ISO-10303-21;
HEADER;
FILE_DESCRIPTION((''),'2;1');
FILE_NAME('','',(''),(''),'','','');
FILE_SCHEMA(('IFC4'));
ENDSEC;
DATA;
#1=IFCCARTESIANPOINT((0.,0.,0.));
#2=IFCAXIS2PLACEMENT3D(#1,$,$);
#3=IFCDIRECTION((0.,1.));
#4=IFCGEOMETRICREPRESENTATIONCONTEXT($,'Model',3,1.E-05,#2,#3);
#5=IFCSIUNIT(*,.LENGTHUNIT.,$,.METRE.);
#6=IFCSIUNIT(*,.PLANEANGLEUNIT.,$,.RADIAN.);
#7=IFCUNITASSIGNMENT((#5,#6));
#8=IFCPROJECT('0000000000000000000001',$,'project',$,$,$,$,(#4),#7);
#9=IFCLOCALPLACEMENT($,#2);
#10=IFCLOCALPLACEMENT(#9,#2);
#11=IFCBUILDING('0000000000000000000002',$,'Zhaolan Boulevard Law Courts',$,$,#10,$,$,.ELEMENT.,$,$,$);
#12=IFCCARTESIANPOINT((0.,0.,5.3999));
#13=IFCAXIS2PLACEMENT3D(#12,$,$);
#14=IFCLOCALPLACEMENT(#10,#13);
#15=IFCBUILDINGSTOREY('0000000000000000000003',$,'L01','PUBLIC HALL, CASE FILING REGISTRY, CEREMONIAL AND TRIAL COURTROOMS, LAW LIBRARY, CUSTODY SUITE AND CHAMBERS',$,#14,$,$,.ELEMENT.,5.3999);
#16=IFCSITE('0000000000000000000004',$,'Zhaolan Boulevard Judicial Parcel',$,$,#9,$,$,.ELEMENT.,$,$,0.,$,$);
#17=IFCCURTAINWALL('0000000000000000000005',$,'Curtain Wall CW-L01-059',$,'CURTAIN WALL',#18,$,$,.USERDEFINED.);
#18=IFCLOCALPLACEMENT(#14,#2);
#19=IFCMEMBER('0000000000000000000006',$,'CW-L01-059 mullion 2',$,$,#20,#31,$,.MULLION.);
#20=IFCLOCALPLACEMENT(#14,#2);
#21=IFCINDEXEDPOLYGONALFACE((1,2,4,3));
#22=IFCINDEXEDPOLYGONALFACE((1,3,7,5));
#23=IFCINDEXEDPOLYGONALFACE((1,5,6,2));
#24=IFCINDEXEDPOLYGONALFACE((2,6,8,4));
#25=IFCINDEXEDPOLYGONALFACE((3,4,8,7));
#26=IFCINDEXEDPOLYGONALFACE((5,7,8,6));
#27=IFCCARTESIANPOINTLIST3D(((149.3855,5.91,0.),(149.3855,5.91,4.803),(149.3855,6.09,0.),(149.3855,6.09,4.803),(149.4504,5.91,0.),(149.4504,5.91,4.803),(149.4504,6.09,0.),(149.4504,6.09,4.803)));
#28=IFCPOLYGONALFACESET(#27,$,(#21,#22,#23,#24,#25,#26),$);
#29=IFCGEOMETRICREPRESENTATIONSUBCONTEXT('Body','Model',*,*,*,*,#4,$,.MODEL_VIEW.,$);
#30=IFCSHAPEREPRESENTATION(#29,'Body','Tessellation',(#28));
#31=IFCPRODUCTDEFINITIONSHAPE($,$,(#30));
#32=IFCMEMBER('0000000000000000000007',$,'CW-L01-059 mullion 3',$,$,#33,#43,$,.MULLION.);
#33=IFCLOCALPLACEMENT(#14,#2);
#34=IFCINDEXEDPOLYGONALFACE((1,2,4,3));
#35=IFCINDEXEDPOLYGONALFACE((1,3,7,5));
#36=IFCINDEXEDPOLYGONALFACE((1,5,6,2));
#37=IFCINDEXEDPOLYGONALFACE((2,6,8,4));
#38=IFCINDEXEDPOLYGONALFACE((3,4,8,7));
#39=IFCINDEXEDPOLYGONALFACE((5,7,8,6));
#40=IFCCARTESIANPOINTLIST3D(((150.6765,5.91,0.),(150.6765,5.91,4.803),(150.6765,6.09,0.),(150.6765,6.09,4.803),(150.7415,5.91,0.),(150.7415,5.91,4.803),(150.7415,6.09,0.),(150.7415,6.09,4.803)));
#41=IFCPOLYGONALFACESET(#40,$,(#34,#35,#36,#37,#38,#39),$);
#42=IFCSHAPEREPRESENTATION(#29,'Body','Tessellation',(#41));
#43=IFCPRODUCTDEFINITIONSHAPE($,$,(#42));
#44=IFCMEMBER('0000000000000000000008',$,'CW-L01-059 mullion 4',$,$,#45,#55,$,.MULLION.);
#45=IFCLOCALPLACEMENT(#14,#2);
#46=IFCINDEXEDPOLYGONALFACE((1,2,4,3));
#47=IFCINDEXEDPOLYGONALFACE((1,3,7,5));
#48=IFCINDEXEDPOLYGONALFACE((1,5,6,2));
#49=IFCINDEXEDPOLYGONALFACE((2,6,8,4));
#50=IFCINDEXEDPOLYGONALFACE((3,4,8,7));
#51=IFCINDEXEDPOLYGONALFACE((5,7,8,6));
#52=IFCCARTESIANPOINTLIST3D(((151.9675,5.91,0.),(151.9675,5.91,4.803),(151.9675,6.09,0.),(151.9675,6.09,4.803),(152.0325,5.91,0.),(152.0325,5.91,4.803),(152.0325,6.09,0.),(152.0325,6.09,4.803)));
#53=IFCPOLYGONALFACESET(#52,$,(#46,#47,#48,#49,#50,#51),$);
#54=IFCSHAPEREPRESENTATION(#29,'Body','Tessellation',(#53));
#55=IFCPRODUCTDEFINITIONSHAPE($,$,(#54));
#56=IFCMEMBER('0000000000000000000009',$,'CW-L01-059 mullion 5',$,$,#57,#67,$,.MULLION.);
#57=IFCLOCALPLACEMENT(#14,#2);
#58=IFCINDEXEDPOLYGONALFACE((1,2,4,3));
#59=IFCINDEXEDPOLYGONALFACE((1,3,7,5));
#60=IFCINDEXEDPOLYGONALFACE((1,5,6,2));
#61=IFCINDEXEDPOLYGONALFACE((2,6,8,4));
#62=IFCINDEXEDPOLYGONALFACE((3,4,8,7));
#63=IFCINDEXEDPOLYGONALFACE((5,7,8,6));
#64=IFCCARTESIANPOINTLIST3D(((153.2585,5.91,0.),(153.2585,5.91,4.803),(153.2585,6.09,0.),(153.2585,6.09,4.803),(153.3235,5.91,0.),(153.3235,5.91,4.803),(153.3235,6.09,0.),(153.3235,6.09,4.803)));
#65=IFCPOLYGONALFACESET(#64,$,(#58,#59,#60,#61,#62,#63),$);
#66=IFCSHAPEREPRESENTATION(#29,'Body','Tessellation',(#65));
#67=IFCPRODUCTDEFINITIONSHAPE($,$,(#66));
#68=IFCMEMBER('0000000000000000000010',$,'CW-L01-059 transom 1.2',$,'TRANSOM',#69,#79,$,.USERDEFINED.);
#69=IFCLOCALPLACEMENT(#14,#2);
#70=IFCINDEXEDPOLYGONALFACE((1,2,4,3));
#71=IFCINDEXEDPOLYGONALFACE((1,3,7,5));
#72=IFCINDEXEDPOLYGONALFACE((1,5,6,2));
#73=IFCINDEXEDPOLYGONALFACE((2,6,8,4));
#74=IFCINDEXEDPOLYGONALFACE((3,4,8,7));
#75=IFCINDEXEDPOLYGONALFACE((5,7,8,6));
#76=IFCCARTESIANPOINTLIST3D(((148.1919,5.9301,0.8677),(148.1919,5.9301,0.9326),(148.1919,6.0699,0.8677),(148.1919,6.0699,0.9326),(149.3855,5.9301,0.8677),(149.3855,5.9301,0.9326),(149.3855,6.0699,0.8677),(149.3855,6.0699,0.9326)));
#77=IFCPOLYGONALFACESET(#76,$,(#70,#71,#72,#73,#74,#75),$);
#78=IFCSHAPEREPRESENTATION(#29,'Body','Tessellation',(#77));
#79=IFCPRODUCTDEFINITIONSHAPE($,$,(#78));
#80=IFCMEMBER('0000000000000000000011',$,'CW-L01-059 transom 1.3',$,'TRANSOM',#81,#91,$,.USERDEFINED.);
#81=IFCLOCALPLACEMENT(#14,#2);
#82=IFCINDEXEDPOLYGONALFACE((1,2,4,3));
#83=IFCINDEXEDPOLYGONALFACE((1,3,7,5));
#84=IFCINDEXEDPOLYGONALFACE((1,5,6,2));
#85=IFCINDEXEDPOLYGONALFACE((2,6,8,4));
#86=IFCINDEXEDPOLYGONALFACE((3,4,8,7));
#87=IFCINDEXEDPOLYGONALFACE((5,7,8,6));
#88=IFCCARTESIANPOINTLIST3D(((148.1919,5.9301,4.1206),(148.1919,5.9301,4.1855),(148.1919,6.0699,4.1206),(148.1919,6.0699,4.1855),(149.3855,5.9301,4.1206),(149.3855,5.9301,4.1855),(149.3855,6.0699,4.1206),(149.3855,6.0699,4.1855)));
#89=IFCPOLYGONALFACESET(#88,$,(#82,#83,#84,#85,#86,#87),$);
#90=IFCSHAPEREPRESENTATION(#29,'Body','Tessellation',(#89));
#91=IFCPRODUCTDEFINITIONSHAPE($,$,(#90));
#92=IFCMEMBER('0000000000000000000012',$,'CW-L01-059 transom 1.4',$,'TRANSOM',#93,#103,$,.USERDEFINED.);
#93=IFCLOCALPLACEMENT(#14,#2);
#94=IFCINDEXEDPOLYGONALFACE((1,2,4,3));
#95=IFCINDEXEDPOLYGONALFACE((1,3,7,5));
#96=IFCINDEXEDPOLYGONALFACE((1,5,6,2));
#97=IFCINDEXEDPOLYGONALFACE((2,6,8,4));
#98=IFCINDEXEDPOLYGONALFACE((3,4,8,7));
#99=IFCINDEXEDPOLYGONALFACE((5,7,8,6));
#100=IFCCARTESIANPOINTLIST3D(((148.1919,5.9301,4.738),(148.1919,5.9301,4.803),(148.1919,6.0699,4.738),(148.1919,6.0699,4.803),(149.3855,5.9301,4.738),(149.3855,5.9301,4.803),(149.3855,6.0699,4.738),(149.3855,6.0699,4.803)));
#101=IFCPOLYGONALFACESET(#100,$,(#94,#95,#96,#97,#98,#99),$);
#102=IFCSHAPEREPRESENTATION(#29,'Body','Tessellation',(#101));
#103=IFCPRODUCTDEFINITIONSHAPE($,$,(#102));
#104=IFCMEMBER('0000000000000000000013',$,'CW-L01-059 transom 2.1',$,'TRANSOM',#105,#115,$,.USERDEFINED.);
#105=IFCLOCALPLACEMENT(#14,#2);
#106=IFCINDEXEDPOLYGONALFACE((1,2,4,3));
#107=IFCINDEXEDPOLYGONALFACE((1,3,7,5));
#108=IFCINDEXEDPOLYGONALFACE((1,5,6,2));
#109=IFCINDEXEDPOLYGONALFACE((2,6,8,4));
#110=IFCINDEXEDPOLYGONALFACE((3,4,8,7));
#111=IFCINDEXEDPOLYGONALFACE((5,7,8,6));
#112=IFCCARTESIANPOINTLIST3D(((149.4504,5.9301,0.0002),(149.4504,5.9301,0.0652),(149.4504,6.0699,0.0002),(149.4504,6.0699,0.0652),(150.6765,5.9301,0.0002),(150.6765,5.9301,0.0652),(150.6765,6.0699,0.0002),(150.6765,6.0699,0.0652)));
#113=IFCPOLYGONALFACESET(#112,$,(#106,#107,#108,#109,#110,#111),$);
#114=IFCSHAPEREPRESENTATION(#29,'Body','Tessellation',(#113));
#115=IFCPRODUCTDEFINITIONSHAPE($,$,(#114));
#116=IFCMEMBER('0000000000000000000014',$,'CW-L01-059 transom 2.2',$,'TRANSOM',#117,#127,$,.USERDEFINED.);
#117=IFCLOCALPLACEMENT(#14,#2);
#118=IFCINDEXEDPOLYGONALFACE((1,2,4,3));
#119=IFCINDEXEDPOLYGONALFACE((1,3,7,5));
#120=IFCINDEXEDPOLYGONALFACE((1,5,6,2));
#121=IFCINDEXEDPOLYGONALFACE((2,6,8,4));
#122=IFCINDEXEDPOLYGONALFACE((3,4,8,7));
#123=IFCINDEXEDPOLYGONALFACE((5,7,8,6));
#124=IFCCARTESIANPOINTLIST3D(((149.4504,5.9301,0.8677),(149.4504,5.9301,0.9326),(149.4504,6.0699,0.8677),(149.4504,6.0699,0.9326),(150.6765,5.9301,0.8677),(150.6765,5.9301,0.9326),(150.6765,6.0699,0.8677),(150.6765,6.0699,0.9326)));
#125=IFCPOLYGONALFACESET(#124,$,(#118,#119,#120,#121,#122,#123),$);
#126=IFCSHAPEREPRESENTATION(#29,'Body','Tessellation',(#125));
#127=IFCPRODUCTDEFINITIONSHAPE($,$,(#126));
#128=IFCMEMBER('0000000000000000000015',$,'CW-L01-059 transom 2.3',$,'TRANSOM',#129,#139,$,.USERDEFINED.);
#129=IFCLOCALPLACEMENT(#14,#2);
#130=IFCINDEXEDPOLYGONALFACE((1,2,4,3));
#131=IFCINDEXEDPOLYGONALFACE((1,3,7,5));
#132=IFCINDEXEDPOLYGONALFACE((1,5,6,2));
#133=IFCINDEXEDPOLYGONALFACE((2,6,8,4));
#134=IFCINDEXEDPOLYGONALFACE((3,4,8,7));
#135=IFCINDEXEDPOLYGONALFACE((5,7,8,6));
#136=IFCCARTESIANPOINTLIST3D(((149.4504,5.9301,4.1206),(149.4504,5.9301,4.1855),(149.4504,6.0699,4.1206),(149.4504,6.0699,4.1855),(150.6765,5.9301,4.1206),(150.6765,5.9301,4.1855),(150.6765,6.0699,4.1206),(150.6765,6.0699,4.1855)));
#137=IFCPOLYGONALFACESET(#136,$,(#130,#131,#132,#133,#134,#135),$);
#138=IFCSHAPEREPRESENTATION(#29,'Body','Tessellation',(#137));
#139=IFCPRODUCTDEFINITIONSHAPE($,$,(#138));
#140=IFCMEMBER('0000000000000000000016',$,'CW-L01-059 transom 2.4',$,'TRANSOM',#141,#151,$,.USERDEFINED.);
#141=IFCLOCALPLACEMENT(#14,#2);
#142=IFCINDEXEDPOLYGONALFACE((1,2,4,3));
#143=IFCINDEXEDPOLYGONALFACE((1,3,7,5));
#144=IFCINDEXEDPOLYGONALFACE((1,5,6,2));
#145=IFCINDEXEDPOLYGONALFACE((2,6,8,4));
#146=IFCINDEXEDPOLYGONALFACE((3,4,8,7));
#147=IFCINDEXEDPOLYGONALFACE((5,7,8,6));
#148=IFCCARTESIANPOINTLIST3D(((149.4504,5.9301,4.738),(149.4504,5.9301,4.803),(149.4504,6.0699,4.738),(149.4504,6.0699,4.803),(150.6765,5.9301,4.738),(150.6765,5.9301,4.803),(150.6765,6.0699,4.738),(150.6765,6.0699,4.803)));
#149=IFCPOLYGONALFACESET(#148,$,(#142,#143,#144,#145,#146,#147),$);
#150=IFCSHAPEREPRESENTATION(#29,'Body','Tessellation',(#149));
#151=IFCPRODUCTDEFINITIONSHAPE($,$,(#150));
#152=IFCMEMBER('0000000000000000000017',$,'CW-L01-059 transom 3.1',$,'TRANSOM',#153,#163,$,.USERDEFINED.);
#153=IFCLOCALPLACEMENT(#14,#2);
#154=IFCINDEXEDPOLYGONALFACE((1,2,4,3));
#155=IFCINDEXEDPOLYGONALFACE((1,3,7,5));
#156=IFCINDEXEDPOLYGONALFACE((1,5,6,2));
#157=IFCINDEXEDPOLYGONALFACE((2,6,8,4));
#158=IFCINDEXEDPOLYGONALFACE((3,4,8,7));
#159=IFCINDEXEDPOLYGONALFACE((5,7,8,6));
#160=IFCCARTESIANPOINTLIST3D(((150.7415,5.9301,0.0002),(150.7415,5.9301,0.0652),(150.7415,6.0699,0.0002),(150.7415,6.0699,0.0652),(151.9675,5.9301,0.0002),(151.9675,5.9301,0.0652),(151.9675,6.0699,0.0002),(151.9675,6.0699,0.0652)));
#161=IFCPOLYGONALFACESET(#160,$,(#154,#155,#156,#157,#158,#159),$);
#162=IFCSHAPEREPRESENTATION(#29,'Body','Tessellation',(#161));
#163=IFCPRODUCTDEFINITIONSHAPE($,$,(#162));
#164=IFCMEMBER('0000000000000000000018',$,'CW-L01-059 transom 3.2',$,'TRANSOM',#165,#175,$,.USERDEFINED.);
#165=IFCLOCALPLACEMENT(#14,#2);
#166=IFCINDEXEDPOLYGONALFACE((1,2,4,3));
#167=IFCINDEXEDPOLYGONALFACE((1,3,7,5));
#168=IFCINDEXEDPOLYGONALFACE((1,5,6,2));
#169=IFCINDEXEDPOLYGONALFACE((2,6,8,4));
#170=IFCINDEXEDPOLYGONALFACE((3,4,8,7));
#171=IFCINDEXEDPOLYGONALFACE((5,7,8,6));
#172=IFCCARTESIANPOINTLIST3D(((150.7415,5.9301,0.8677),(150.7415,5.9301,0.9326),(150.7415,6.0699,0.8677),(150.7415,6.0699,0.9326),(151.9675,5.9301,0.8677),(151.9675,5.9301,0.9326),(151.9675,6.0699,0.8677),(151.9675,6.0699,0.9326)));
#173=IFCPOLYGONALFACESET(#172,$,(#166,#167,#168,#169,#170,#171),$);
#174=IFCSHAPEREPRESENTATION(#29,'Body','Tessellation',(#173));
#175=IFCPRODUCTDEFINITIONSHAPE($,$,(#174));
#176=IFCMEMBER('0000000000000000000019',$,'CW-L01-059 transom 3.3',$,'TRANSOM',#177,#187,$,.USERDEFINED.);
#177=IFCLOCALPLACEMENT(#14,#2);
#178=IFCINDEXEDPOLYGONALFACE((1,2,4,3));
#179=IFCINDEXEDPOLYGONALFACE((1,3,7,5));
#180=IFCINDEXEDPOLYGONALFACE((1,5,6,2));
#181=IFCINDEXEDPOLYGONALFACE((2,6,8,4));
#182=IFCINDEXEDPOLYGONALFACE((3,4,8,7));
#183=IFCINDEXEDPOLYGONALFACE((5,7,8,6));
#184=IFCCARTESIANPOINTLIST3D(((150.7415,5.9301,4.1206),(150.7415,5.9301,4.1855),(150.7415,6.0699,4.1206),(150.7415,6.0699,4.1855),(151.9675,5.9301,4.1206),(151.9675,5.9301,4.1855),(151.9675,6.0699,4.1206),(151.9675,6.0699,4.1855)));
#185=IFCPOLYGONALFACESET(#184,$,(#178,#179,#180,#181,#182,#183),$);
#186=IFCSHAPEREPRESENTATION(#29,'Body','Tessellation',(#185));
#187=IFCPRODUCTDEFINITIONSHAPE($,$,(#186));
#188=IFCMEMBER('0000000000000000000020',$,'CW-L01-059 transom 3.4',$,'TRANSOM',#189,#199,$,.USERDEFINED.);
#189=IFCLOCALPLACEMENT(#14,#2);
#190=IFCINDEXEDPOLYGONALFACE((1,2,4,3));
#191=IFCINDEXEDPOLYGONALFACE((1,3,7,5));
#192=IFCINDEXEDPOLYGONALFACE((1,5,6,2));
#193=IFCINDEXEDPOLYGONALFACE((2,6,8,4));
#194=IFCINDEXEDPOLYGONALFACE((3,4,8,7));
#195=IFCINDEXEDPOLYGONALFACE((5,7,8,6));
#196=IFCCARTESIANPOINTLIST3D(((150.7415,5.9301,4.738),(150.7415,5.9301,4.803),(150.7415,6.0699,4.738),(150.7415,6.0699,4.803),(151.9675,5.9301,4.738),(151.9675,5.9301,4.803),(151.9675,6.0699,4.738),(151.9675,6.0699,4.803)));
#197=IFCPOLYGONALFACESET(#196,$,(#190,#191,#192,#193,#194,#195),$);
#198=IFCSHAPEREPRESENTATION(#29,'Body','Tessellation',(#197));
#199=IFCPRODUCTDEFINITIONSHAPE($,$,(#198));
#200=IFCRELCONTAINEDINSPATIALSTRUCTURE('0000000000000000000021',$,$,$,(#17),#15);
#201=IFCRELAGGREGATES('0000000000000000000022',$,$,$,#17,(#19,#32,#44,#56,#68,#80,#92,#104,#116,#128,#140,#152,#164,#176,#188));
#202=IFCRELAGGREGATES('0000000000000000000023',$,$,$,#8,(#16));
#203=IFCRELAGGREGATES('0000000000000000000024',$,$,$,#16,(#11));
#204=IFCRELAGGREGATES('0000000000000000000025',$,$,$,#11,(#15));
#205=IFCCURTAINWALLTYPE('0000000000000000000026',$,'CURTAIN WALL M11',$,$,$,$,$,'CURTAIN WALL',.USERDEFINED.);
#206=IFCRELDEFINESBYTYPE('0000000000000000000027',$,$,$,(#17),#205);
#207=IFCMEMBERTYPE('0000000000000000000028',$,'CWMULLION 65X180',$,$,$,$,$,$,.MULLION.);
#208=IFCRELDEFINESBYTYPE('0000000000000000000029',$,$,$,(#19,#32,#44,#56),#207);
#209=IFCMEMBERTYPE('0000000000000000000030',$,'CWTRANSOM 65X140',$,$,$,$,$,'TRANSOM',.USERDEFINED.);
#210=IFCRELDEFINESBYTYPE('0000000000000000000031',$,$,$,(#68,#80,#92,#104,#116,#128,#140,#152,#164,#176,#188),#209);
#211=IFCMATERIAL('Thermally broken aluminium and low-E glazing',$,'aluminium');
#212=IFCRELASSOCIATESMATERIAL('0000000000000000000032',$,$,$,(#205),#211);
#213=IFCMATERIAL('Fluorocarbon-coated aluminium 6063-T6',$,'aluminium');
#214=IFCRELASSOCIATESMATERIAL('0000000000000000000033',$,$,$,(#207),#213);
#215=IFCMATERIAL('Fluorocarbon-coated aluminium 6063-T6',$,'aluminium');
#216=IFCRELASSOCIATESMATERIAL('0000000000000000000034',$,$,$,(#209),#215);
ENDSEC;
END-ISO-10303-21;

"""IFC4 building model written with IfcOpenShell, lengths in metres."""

from ifc_helpers import new_model, si_unit, direction, frame, origin, origin_2d, place, context, subcontext, project, spatial, rectangle, extrude, material, material_profile, profile_set, type_object, element, aggregate, save


model = new_model("IFC4")

# Units and contexts
model_context = context("Model", 3, precision=1e-05, world=origin(), true_north=direction((0.0, 1.0)))
body_context = subcontext(model_context, "Body", "Model", "MODEL_VIEW")
ifc_project = project(units=[si_unit("LENGTHUNIT", "METRE"), si_unit("PLANEANGLEUNIT", "RADIAN")], contexts=[model_context])

# Site, building, storey
site_placement = place(None, origin())
site = spatial("IfcSite", under=ifc_project, at=site_placement, Name="Zhaolan Boulevard Judicial Parcel", CompositionType="ELEMENT", RefElevation=0.0)
building_placement = place(site_placement, origin())
building = spatial("IfcBuilding", under=site, at=building_placement, Name="Zhaolan Boulevard Law Courts", CompositionType="ELEMENT")
storey_placement = place(building_placement, frame((0.0, 0.0, 5.3999)))
storey = spatial("IfcBuildingStorey", under=building, at=storey_placement, Name="L01", Description="PUBLIC HALL, CASE FILING REGISTRY, CEREMONIAL AND TRIAL COURTROOMS, LAW LIBRARY, CUSTODY SUITE AND CHAMBERS", CompositionType="ELEMENT", Elevation=5.3999)

# Curtain wall, members
ifc_material_1 = material(Name="Thermally broken aluminium and low-E glazing", Category="aluminium")
curtain_wall_type = type_object("IfcCurtainWallType", Name="CURTAIN WALL M11", ElementType="CURTAIN WALL", PredefinedType="USERDEFINED", material=ifc_material_1)
curtain_wall_placement = place(storey_placement, origin())
curtain_wall = element("IfcCurtainWall", 1, at=curtain_wall_placement, inside=storey, type_object=curtain_wall_type, Name="Curtain Wall CW-L01-059", ObjectType="CURTAIN WALL", PredefinedType="USERDEFINED")
ifc_material_2 = material(Name="Fluorocarbon-coated aluminium 6063-T6", Category="aluminium")
ifc_material_profile_1 = material_profile(ifc_material_2, rectangle(XDim=0.1799, YDim=0.0649, at=origin_2d()), Name="AL65x180")
ifc_profile_set_1 = profile_set([ifc_material_profile_1], Name="Fluorocarbon-coated aluminium 6063-T6")
member_type_1 = type_object("IfcMemberType", Name="CWMULLION 65X180", PredefinedType="MULLION", material=ifc_profile_set_1)
member_1_placement = place(storey_placement, frame((149.418, 6.0, 0.0), z_axis=(0.0, 0.0, 1.0), x_axis=(0.0, 1.0, 0.0)))
member_1 = element("IfcMember", 2, at=member_1_placement, type_object=member_type_1, Name="CW-L01-059 mullion 2", PredefinedType="MULLION", context=body_context, shape_type="SweptSolid", body=[
    extrude(rectangle(XDim=0.1799, YDim=0.0649, at=origin_2d()), origin(), (0.0, 0.0, 1.0), 4.803),
])
member_2_placement = place(storey_placement, frame((150.709, 6.0, 0.0), z_axis=(0.0, 0.0, 1.0), x_axis=(0.0, 1.0, 0.0)))
member_2 = element("IfcMember", 3, at=member_2_placement, type_object=member_type_1, Name="CW-L01-059 mullion 3", PredefinedType="MULLION", context=body_context, shape_type="SweptSolid", body=[
    extrude(rectangle(XDim=0.1799, YDim=0.0649, at=origin_2d()), origin(), (0.0, 0.0, 1.0), 4.803),
])
member_3_placement = place(storey_placement, frame((152.0, 6.0, 0.0), z_axis=(0.0, 0.0, 1.0), x_axis=(0.0, 1.0, 0.0)))
member_3 = element("IfcMember", 4, at=member_3_placement, type_object=member_type_1, Name="CW-L01-059 mullion 4", PredefinedType="MULLION", context=body_context, shape_type="SweptSolid", body=[
    extrude(rectangle(XDim=0.1799, YDim=0.0649, at=origin_2d()), origin(), (0.0, 0.0, 1.0), 4.803),
])
member_4_placement = place(storey_placement, frame((153.291, 6.0, 0.0), z_axis=(0.0, 0.0, 1.0), x_axis=(0.0, 1.0, 0.0)))
member_4 = element("IfcMember", 5, at=member_4_placement, type_object=member_type_1, Name="CW-L01-059 mullion 5", PredefinedType="MULLION", context=body_context, shape_type="SweptSolid", body=[
    extrude(rectangle(XDim=0.1799, YDim=0.0649, at=origin_2d()), origin(), (0.0, 0.0, 1.0), 4.803),
])
ifc_material_3 = material(Name="Fluorocarbon-coated aluminium 6063-T6", Category="aluminium")
ifc_material_profile_2 = material_profile(ifc_material_3, rectangle(XDim=0.1399, YDim=0.0649, at=origin_2d()), Name="AL65x140")
ifc_profile_set_2 = profile_set([ifc_material_profile_2], Name="Fluorocarbon-coated aluminium 6063-T6")
member_type_2 = type_object("IfcMemberType", Name="CWTRANSOM 65X140", ElementType="TRANSOM", PredefinedType="USERDEFINED", material=ifc_profile_set_2)
member_5_placement = place(storey_placement, frame((148.1919, 6.0, 0.9001), z_axis=(1.0, 0.0, 0.0), x_axis=(0.0, 1.0, 0.0)))
member_5 = element("IfcMember", 6, at=member_5_placement, type_object=member_type_2, Name="CW-L01-059 transom 1.2", ObjectType="TRANSOM", PredefinedType="USERDEFINED", context=body_context, shape_type="SweptSolid", body=[
    extrude(rectangle(XDim=0.1399, YDim=0.0649, at=origin_2d()), origin(), (0.0, 0.0, 1.0), 1.1936),
])
member_6_placement = place(storey_placement, frame((148.1919, 6.0, 4.1531), z_axis=(1.0, 0.0, 0.0), x_axis=(0.0, 1.0, 0.0)))
member_6 = element("IfcMember", 7, at=member_6_placement, type_object=member_type_2, Name="CW-L01-059 transom 1.3", ObjectType="TRANSOM", PredefinedType="USERDEFINED", context=body_context, shape_type="SweptSolid", body=[
    extrude(rectangle(XDim=0.1399, YDim=0.0649, at=origin_2d()), origin(), (0.0, 0.0, 1.0), 1.1936),
])
member_7_placement = place(storey_placement, frame((148.1919, 6.0, 4.7705), z_axis=(1.0, 0.0, 0.0), x_axis=(0.0, 1.0, 0.0)))
member_7 = element("IfcMember", 8, at=member_7_placement, type_object=member_type_2, Name="CW-L01-059 transom 1.4", ObjectType="TRANSOM", PredefinedType="USERDEFINED", context=body_context, shape_type="SweptSolid", body=[
    extrude(rectangle(XDim=0.1399, YDim=0.0649, at=origin_2d()), origin(), (0.0, 0.0, 1.0), 1.1936),
])
member_8_placement = place(storey_placement, frame((149.4504, 6.0, 0.0327), z_axis=(1.0, 0.0, 0.0), x_axis=(0.0, 1.0, 0.0)))
member_8 = element("IfcMember", 9, at=member_8_placement, type_object=member_type_2, Name="CW-L01-059 transom 2.1", ObjectType="TRANSOM", PredefinedType="USERDEFINED", context=body_context, shape_type="SweptSolid", body=[
    extrude(rectangle(XDim=0.1399, YDim=0.0649, at=origin_2d()), origin(), (0.0, 0.0, 1.0), 1.2261),
])
member_9_placement = place(storey_placement, frame((149.4504, 6.0, 0.9001), z_axis=(1.0, 0.0, 0.0), x_axis=(0.0, 1.0, 0.0)))
member_9 = element("IfcMember", 10, at=member_9_placement, type_object=member_type_2, Name="CW-L01-059 transom 2.2", ObjectType="TRANSOM", PredefinedType="USERDEFINED", context=body_context, shape_type="SweptSolid", body=[
    extrude(rectangle(XDim=0.1399, YDim=0.0649, at=origin_2d()), origin(), (0.0, 0.0, 1.0), 1.2261),
])
member_10_placement = place(storey_placement, frame((149.4504, 6.0, 4.1531), z_axis=(1.0, 0.0, 0.0), x_axis=(0.0, 1.0, 0.0)))
member_10 = element("IfcMember", 11, at=member_10_placement, type_object=member_type_2, Name="CW-L01-059 transom 2.3", ObjectType="TRANSOM", PredefinedType="USERDEFINED", context=body_context, shape_type="SweptSolid", body=[
    extrude(rectangle(XDim=0.1399, YDim=0.0649, at=origin_2d()), origin(), (0.0, 0.0, 1.0), 1.2261),
])
member_11_placement = place(storey_placement, frame((149.4504, 6.0, 4.7705), z_axis=(1.0, 0.0, 0.0), x_axis=(0.0, 1.0, 0.0)))
member_11 = element("IfcMember", 12, at=member_11_placement, type_object=member_type_2, Name="CW-L01-059 transom 2.4", ObjectType="TRANSOM", PredefinedType="USERDEFINED", context=body_context, shape_type="SweptSolid", body=[
    extrude(rectangle(XDim=0.1399, YDim=0.0649, at=origin_2d()), origin(), (0.0, 0.0, 1.0), 1.2261),
])
member_12_placement = place(storey_placement, frame((150.7415, 6.0, 0.0327), z_axis=(1.0, 0.0, 0.0), x_axis=(0.0, 1.0, 0.0)))
member_12 = element("IfcMember", 13, at=member_12_placement, type_object=member_type_2, Name="CW-L01-059 transom 3.1", ObjectType="TRANSOM", PredefinedType="USERDEFINED", context=body_context, shape_type="SweptSolid", body=[
    extrude(rectangle(XDim=0.1399, YDim=0.0649, at=origin_2d()), origin(), (0.0, 0.0, 1.0), 1.2261),
])
member_13_placement = place(storey_placement, frame((150.7415, 6.0, 0.9001), z_axis=(1.0, 0.0, 0.0), x_axis=(0.0, 1.0, 0.0)))
member_13 = element("IfcMember", 14, at=member_13_placement, type_object=member_type_2, Name="CW-L01-059 transom 3.2", ObjectType="TRANSOM", PredefinedType="USERDEFINED", context=body_context, shape_type="SweptSolid", body=[
    extrude(rectangle(XDim=0.1399, YDim=0.0649, at=origin_2d()), origin(), (0.0, 0.0, 1.0), 1.2261),
])
member_14_placement = place(storey_placement, frame((150.7415, 6.0, 4.1531), z_axis=(1.0, 0.0, 0.0), x_axis=(0.0, 1.0, 0.0)))
member_14 = element("IfcMember", 15, at=member_14_placement, type_object=member_type_2, Name="CW-L01-059 transom 3.3", ObjectType="TRANSOM", PredefinedType="USERDEFINED", context=body_context, shape_type="SweptSolid", body=[
    extrude(rectangle(XDim=0.1399, YDim=0.0649, at=origin_2d()), origin(), (0.0, 0.0, 1.0), 1.2261),
])
member_15_placement = place(storey_placement, frame((150.7415, 6.0, 4.7705), z_axis=(1.0, 0.0, 0.0), x_axis=(0.0, 1.0, 0.0)))
member_15 = element("IfcMember", 16, at=member_15_placement, type_object=member_type_2, Name="CW-L01-059 transom 3.4", ObjectType="TRANSOM", PredefinedType="USERDEFINED", context=body_context, shape_type="SweptSolid", body=[
    extrude(rectangle(XDim=0.1399, YDim=0.0649, at=origin_2d()), origin(), (0.0, 0.0, 1.0), 1.2261),
])
aggregate(curtain_wall, [member_1, member_2, member_3, member_4, member_5, member_6, member_7, member_8, member_9, member_10, member_11, member_12, member_13, member_14, member_15])

save(model, "model.ifc")
